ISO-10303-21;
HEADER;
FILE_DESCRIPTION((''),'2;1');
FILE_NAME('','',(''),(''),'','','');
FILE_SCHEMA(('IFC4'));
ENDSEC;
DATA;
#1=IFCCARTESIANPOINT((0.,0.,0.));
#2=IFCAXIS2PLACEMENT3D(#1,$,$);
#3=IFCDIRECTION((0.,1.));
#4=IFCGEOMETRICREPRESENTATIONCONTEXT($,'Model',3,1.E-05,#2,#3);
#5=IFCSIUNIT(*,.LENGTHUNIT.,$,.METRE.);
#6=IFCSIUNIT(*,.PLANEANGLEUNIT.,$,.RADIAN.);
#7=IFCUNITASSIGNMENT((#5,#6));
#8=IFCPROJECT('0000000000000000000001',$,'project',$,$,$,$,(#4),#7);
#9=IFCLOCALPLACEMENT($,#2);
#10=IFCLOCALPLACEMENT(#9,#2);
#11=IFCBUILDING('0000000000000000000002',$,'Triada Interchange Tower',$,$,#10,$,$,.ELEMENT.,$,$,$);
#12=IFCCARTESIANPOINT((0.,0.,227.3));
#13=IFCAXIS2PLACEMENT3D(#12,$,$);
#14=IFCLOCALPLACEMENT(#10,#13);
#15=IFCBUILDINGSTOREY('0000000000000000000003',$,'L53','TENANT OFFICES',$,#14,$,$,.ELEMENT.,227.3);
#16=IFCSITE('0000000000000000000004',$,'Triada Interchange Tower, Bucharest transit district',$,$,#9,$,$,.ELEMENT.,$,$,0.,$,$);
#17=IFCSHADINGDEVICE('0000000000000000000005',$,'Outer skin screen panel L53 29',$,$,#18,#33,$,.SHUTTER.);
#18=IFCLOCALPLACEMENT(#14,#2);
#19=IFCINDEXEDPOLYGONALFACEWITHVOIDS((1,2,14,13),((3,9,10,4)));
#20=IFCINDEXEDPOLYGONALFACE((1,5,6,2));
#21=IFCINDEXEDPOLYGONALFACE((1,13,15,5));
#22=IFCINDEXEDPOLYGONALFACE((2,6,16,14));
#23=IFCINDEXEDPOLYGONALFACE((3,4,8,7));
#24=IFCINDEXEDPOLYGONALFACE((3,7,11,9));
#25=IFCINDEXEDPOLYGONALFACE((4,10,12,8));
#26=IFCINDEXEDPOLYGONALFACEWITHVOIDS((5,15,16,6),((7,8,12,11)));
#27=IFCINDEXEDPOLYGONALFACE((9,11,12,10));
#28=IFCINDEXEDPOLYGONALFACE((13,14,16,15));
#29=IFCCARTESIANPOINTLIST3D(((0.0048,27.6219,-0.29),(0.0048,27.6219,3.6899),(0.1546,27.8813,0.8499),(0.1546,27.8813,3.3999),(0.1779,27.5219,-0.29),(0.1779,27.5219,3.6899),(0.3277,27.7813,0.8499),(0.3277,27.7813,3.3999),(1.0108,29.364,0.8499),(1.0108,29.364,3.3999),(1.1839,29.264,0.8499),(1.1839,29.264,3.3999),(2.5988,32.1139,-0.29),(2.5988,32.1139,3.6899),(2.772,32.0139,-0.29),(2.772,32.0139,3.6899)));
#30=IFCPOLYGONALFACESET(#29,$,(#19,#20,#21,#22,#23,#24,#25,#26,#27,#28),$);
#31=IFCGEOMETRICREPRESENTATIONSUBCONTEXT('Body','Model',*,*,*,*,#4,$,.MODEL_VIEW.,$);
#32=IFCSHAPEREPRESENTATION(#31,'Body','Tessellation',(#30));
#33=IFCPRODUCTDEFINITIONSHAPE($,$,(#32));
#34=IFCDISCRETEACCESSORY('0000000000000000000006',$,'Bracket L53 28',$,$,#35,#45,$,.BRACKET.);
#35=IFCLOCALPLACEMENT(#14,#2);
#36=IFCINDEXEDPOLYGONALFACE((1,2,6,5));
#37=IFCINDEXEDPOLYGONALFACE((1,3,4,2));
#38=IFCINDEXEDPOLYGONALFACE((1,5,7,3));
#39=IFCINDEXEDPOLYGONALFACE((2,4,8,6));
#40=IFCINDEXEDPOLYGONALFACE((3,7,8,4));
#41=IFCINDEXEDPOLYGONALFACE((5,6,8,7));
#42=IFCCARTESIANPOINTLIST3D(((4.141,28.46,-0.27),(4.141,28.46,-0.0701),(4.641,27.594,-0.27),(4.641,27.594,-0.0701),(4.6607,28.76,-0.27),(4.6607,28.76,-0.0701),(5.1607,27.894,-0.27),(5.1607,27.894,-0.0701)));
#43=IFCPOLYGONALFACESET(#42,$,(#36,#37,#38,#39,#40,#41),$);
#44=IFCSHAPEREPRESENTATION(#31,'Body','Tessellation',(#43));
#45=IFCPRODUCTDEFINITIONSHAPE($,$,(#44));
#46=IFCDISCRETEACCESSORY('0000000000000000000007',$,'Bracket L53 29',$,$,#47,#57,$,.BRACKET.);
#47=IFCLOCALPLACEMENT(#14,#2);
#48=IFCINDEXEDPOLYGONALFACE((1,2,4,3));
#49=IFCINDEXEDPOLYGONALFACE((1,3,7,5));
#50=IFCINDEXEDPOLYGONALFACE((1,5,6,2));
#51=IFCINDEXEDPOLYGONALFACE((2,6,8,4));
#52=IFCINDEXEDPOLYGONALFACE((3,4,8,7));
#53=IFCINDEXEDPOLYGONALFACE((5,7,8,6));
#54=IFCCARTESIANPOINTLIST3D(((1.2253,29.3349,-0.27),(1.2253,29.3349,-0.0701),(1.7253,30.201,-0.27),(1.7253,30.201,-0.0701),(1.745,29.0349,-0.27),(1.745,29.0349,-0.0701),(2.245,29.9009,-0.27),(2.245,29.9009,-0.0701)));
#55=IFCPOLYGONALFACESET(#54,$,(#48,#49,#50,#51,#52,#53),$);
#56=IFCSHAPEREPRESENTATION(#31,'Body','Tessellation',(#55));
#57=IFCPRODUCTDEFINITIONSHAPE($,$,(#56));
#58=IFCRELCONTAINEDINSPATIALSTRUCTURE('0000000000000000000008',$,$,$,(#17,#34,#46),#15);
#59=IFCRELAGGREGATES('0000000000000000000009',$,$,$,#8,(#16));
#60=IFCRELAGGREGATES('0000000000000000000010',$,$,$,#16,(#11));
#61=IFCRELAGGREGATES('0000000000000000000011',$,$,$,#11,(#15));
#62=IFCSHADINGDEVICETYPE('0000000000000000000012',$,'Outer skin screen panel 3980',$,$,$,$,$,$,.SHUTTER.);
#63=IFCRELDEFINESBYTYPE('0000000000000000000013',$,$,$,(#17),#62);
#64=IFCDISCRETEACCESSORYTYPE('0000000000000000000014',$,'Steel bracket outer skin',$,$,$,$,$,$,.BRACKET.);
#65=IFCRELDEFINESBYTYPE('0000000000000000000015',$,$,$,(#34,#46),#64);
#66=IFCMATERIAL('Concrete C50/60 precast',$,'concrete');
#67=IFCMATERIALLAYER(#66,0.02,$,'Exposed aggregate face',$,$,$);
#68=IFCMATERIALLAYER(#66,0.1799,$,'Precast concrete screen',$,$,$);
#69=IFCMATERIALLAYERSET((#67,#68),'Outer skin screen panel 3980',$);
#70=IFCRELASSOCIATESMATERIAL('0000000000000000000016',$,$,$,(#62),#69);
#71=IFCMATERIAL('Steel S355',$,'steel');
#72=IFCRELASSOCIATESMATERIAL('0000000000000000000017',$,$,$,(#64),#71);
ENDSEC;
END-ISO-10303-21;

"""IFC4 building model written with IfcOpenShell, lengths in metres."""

from ifc_helpers import new_model, si_unit, direction, frame, origin, origin_2d, place, context, subcontext, project, spatial, polyline, rectangle, outline, extrude, material, layer, layer_set, type_object, element, save


model = new_model("IFC4")

# Units and contexts
model_context = context("Model", 3, precision=1e-05, world=origin(), true_north=direction((0.0, 1.0)))
body_context = subcontext(model_context, "Body", "Model", "MODEL_VIEW")
ifc_project = project(units=[si_unit("LENGTHUNIT", "METRE"), si_unit("PLANEANGLEUNIT", "RADIAN")], contexts=[model_context])

# Site, building, storey
site_placement = place(None, origin())
site = spatial("IfcSite", under=ifc_project, at=site_placement, Name="Triada Interchange Tower, Bucharest transit district", CompositionType="ELEMENT", RefElevation=0.0)
building_placement = place(site_placement, origin())
building = spatial("IfcBuilding", under=site, at=building_placement, Name="Triada Interchange Tower", CompositionType="ELEMENT")
storey_placement = place(building_placement, frame((0.0, 0.0, 227.3)))
storey = spatial("IfcBuildingStorey", under=building, at=storey_placement, Name="L53", Description="TENANT OFFICES", CompositionType="ELEMENT", Elevation=227.3)

# Shading device
ifc_material_1 = material(Name="Concrete C50/60 precast", Category="concrete")
ifc_layer_1 = layer(ifc_material_1, 0.02, Name="Exposed aggregate face")
ifc_layer_2 = layer(ifc_material_1, 0.1799, Name="Precast concrete screen")
ifc_layer_set_1 = layer_set([ifc_layer_1, ifc_layer_2], Name="Outer skin screen panel 3980")
shading_device_type = type_object("IfcShadingDeviceType", Name="Outer skin screen panel 3980", PredefinedType="SHUTTER", material=ifc_layer_set_1)
shading_device_1_placement = place(storey_placement, frame((2.772, 32.0139, -0.29), z_axis=(0.0, 0.0, 1.0), x_axis=(-0.500082, -0.865978, 0.0)))
element("IfcShadingDevice", 1, at=shading_device_1_placement, inside=storey, type_object=shading_device_type, Name="Outer skin screen panel L53 29", PredefinedType="SHUTTER", context=body_context, shape_type="SweptSolid", body=[
    extrude(outline(polyline([(0.0, 0.0), (5.1873, 0.0), (5.1873, 3.98), (0.0, 3.98), (0.0, 0.0)]), holes=[polyline([(3.1755, 1.1399), (3.1755, 3.6899), (4.8877, 3.6899), (4.8877, 1.1399), (3.1755, 1.1399)])]), frame((0.0, 0.0, 0.0), z_axis=(0.0, -1.0, 0.0), x_axis=(1.0, 0.0, 0.0)), (0.0, 0.0, 1.0), 0.2),
])

# Discrete accessories
ifc_material_2 = material(Name="Steel S355", Category="steel")
discrete_accessory_type = type_object("IfcDiscreteAccessoryType", Name="Steel bracket outer skin", PredefinedType="BRACKET", material=ifc_material_2)
for number, where, z_axis, x_axis, name in (
    (2, (4.6509, 28.177, -0.27), (0.0, 0.0, 1.0), (0.866014, 0.500019, 0.0), "Bracket L53 28"),
    (3, (1.7351, 29.6179, -0.27), (0.0, 0.0, 1.0), (-0.86603, 0.499993, 0.0), "Bracket L53 29"),
):
    element("IfcDiscreteAccessory", number, at=place(storey_placement, frame(where, z_axis=z_axis, x_axis=x_axis)), inside=storey, type_object=discrete_accessory_type, Name=name, PredefinedType="BRACKET", context=body_context, shape_type="SweptSolid", body=[
        extrude(rectangle(XDim=0.6001, YDim=1.0, at=origin_2d()), origin(), (0.0, 0.0, 1.0), 0.2),
    ])

save(model, "model.ifc")
